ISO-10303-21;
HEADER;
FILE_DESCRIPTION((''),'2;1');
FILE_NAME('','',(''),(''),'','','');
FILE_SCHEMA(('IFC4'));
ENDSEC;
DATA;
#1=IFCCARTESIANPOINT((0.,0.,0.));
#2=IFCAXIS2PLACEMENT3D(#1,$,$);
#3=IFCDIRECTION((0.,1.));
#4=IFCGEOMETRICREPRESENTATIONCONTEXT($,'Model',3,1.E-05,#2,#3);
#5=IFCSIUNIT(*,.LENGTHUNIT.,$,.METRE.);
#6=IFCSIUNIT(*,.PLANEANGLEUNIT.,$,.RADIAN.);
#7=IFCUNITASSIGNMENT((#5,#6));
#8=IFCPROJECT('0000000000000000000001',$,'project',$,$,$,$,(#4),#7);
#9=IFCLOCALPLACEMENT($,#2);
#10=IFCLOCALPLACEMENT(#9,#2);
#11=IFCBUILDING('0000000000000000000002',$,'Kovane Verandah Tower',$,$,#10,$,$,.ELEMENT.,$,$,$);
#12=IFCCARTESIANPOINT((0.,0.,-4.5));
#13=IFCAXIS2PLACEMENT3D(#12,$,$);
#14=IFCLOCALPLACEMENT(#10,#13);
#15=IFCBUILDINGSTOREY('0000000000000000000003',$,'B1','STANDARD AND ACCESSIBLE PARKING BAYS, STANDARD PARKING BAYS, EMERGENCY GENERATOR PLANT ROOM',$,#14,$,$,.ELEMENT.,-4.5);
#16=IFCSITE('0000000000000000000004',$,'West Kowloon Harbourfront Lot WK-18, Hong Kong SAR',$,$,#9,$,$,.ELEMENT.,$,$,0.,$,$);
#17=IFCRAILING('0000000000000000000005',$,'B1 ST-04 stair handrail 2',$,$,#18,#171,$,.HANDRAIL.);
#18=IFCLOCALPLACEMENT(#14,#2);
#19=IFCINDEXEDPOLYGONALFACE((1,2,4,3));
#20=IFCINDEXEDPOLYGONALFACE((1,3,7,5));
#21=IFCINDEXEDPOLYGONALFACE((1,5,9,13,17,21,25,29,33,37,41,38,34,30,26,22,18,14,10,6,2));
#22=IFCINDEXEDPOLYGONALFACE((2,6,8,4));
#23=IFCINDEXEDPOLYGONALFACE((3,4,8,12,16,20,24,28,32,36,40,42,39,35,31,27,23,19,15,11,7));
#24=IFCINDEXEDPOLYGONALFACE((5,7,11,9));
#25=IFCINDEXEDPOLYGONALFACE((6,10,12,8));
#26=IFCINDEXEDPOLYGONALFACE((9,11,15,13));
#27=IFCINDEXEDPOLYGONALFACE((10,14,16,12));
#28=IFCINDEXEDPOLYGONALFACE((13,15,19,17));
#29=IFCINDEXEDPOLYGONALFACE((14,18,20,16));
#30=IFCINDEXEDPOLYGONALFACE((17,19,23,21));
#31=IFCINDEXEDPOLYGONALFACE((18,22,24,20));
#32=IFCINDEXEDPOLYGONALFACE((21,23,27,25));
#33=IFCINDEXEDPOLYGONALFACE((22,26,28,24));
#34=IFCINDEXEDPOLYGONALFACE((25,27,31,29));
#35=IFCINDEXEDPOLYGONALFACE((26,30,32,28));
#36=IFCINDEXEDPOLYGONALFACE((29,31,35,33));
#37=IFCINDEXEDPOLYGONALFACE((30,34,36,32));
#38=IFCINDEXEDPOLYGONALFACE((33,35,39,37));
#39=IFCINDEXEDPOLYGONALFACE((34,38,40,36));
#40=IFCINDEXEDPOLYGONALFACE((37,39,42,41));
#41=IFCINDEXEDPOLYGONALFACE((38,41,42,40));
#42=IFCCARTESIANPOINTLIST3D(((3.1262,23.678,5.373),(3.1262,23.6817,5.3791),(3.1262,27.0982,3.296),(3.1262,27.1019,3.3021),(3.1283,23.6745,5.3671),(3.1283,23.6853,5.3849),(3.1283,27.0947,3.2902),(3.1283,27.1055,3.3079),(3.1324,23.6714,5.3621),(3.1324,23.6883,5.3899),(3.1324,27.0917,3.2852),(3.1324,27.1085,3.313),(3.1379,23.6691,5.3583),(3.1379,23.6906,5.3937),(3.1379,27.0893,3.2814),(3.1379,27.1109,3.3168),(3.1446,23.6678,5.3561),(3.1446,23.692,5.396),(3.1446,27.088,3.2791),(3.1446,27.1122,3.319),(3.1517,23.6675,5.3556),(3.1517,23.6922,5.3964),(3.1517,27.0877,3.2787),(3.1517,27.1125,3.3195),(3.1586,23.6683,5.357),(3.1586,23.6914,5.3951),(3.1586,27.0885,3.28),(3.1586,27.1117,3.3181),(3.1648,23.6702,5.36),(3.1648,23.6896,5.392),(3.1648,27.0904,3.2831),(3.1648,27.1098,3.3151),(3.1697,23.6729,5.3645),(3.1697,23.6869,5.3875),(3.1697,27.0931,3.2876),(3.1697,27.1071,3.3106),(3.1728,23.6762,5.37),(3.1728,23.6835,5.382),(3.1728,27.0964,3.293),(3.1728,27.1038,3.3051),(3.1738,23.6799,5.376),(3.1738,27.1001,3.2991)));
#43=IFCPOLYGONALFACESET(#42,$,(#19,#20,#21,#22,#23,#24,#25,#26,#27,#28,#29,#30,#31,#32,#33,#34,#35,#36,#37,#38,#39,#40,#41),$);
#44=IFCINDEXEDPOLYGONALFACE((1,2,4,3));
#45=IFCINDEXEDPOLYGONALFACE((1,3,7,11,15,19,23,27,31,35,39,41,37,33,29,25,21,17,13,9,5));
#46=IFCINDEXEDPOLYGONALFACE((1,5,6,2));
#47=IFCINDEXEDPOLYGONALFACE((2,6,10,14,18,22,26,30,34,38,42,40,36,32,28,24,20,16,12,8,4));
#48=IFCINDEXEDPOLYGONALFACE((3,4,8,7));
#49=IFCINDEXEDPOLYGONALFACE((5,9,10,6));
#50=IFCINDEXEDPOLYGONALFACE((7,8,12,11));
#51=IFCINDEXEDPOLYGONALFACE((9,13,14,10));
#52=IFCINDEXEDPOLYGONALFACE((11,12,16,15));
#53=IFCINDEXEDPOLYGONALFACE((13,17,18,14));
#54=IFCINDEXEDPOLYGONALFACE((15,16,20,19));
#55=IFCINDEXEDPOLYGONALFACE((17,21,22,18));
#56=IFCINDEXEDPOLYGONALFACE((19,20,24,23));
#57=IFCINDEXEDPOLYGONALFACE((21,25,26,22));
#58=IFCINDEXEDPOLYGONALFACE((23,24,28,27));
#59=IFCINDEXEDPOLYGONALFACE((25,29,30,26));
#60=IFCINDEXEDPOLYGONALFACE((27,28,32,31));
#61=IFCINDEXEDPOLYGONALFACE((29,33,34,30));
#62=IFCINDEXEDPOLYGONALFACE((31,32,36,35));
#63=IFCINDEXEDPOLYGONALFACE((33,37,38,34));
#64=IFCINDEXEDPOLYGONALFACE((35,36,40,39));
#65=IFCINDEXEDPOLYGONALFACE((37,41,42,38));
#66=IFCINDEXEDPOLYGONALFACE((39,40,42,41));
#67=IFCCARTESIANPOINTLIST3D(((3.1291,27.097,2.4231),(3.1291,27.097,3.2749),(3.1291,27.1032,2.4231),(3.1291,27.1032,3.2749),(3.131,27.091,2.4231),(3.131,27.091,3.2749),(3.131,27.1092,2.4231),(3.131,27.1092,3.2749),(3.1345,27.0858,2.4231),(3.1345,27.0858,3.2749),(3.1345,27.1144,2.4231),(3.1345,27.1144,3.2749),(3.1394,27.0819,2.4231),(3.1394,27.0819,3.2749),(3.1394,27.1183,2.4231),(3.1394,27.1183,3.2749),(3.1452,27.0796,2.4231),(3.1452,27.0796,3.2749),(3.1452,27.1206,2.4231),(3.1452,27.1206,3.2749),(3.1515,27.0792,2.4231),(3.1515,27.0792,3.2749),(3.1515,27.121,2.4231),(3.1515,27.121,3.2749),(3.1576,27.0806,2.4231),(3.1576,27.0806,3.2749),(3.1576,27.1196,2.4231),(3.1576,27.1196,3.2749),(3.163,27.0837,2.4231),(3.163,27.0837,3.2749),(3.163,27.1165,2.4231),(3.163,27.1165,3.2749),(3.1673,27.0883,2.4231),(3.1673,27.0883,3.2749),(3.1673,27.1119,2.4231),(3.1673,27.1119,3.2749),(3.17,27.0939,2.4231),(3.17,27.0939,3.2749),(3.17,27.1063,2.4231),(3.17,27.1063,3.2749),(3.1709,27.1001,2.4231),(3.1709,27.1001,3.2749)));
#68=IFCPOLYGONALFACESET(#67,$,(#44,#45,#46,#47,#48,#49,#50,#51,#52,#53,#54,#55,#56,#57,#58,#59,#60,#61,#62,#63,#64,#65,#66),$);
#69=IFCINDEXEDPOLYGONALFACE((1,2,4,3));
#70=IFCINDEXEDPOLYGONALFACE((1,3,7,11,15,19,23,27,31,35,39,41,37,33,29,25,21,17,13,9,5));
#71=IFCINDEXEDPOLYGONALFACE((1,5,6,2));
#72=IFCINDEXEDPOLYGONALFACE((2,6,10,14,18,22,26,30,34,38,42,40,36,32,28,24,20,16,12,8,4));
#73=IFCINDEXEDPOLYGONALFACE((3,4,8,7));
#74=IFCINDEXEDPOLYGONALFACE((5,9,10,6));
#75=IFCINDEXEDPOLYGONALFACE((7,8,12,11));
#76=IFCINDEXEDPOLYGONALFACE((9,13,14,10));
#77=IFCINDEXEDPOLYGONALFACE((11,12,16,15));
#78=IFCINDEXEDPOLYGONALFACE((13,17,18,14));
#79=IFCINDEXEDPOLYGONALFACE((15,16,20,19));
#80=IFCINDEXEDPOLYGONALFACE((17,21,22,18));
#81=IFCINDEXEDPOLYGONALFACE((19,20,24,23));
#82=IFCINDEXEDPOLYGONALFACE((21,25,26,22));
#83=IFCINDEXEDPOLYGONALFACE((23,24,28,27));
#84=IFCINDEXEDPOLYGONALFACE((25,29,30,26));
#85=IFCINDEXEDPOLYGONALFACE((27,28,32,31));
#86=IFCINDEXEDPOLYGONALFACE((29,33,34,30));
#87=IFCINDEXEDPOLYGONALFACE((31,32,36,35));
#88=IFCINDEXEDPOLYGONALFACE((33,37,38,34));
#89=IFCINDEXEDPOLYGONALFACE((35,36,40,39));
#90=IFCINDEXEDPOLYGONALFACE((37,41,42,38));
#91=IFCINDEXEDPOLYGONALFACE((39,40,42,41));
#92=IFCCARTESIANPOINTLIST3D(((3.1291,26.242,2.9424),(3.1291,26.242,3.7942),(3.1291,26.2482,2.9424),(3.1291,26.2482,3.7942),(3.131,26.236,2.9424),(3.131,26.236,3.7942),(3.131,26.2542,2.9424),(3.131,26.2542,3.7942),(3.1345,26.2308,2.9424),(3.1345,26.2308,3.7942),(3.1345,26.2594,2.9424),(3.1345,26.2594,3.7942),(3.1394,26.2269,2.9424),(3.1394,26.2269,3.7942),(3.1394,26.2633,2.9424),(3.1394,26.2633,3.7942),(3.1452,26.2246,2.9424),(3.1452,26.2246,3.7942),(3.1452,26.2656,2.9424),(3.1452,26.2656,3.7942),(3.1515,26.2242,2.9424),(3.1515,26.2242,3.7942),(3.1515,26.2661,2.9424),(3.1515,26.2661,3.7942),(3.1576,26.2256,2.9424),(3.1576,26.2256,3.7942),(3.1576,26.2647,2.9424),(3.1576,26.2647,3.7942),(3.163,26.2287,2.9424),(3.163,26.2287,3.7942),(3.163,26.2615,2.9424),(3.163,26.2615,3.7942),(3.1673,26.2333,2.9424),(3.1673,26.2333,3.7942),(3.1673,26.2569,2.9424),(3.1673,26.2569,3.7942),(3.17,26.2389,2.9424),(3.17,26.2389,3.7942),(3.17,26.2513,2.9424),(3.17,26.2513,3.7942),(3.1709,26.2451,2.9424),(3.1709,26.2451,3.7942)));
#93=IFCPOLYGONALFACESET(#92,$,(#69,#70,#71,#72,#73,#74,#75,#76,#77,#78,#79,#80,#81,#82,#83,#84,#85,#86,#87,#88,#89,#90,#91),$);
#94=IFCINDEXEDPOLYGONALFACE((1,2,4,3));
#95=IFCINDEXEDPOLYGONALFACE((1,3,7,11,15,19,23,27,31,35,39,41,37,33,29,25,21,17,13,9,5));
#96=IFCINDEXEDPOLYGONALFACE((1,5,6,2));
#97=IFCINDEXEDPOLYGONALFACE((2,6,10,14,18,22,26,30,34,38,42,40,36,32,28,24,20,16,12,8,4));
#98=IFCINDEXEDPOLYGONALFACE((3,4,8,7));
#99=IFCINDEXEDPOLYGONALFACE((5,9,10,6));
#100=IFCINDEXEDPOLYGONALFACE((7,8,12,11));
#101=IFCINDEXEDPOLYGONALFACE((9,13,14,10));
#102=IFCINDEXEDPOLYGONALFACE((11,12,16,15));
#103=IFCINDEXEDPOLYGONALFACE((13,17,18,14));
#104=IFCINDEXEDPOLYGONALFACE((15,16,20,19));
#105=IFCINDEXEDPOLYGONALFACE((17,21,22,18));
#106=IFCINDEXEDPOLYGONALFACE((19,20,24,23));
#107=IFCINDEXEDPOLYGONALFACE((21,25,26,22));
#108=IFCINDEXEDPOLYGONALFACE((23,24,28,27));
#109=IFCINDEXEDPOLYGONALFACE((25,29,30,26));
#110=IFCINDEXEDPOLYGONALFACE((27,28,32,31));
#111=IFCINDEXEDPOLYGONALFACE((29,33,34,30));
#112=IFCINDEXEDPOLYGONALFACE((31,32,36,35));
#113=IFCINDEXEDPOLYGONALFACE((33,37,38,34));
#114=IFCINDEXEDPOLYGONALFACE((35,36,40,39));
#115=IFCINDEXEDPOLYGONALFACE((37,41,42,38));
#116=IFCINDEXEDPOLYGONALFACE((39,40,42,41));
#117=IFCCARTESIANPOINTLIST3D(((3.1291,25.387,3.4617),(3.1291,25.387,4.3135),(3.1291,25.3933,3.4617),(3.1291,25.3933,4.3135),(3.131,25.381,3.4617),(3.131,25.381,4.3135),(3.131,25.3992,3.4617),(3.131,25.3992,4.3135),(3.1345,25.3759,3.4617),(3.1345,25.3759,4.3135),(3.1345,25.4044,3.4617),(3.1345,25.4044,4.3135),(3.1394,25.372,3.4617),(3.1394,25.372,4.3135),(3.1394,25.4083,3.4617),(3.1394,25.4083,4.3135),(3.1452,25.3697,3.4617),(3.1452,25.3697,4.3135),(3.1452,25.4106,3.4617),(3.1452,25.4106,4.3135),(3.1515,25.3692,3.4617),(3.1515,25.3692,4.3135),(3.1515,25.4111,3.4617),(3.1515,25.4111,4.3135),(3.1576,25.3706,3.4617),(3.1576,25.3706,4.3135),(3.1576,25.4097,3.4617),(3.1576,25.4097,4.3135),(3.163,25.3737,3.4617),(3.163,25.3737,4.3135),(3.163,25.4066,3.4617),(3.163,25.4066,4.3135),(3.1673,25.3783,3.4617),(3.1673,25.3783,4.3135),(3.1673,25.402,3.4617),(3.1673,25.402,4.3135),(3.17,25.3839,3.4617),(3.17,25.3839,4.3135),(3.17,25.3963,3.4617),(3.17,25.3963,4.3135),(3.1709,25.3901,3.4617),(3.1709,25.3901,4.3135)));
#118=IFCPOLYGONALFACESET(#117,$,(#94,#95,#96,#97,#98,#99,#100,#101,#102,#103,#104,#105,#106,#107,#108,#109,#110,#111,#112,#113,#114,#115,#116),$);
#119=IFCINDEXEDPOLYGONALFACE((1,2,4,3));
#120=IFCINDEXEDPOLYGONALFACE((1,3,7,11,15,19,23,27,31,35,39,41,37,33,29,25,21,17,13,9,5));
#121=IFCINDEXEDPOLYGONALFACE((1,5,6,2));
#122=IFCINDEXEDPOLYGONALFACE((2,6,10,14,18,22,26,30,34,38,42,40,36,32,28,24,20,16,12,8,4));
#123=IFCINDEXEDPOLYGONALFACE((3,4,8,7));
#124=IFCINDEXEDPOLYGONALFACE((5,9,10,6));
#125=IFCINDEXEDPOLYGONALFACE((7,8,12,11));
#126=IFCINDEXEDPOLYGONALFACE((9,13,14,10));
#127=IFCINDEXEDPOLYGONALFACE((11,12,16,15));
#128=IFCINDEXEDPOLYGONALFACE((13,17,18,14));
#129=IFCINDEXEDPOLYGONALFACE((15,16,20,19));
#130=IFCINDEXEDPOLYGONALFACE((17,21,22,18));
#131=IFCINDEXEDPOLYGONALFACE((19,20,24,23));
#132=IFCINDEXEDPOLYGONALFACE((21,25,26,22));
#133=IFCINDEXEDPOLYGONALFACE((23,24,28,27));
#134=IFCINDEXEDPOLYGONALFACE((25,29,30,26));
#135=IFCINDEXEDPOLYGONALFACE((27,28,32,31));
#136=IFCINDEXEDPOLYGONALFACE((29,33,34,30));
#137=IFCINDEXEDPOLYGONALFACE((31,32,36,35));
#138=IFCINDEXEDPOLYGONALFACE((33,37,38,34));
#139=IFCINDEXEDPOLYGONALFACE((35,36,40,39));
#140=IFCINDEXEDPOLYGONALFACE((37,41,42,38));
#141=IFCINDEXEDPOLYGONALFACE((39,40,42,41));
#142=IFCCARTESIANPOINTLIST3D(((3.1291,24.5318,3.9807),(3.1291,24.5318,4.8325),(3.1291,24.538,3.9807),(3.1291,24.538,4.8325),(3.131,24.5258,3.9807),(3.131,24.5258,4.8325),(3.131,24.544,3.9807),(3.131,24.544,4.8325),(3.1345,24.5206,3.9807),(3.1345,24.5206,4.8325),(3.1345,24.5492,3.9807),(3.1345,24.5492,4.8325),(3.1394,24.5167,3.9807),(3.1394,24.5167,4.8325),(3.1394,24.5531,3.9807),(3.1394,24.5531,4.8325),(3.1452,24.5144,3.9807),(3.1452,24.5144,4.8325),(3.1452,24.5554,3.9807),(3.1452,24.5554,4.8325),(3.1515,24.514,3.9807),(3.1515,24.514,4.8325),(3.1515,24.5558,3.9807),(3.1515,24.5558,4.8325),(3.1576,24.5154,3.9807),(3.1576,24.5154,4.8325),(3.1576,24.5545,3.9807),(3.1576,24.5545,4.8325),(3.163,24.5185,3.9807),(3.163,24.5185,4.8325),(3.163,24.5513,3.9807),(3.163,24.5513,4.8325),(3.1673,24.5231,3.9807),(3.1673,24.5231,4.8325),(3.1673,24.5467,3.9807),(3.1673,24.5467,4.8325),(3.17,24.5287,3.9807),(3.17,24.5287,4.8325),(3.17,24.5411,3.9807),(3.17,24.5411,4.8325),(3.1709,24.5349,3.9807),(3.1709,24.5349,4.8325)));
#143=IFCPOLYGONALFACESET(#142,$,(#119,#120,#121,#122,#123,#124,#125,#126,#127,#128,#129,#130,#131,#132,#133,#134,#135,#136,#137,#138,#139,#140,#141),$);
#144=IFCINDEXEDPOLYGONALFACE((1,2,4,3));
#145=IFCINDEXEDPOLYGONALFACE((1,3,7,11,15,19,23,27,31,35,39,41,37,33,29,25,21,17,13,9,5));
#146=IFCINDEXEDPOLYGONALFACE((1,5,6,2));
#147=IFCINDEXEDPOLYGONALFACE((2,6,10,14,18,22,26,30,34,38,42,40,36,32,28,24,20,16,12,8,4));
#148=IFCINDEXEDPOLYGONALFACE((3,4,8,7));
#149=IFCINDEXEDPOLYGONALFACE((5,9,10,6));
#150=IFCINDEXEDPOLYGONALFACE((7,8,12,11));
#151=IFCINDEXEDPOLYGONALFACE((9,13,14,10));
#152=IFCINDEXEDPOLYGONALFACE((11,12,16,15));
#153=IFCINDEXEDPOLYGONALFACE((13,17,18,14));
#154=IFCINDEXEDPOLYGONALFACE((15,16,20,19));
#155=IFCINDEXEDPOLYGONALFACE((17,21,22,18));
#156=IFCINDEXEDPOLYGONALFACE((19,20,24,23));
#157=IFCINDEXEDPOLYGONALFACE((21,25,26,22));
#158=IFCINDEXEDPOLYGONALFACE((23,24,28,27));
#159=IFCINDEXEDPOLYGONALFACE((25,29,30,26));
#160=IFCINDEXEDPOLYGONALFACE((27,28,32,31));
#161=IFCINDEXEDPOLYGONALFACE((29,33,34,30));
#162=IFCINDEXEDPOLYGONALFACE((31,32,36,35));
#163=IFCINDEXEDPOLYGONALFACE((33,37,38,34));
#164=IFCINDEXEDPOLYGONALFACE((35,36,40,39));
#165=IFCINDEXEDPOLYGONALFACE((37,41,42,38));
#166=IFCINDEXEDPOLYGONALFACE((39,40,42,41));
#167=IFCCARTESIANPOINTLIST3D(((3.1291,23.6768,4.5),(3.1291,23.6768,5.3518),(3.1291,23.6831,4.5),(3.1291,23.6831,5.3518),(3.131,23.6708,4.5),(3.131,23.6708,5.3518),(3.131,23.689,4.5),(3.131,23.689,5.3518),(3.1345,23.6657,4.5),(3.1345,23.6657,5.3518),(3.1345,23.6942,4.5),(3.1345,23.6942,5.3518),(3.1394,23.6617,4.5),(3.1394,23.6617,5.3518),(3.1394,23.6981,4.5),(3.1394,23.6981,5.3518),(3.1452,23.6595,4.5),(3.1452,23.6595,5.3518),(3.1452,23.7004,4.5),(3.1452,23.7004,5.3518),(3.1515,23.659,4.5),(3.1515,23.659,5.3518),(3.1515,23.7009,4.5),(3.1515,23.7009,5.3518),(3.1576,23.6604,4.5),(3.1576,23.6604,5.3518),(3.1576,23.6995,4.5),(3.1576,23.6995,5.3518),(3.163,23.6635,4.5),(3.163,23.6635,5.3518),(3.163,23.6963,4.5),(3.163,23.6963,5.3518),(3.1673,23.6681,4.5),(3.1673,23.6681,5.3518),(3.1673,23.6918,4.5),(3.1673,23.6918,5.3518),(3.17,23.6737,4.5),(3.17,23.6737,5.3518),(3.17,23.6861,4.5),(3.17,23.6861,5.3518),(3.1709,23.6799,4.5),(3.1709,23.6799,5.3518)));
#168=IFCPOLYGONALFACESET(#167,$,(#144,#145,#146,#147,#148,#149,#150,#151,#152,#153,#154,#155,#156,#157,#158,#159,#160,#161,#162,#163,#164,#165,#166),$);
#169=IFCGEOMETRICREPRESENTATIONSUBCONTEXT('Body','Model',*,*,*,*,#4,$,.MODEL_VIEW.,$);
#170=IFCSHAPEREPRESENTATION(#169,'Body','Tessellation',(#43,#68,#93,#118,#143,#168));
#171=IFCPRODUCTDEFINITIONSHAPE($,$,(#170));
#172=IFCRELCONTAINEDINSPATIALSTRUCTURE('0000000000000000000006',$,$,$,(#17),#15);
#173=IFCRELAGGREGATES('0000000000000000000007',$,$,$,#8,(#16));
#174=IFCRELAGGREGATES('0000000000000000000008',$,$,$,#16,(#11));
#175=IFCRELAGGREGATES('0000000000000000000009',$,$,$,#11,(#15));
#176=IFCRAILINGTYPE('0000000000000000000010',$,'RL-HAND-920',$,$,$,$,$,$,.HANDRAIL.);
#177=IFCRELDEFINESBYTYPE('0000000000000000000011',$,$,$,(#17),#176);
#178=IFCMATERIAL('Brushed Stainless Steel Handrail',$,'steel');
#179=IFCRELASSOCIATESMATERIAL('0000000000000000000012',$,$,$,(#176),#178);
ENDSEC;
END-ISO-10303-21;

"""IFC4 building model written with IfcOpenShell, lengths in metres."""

from ifc_helpers import new_model, si_unit, direction, frame, origin, origin_2d, place, context, subcontext, project, spatial, circle, extrude, material, type_object, element, save


model = new_model("IFC4")

# Units and contexts
model_context = context("Model", 3, precision=1e-05, world=origin(), true_north=direction((0.0, 1.0)))
body_context = subcontext(model_context, "Body", "Model", "MODEL_VIEW")
ifc_project = project(units=[si_unit("LENGTHUNIT", "METRE"), si_unit("PLANEANGLEUNIT", "RADIAN")], contexts=[model_context])

# Site, building, storey
site_placement = place(None, origin())
site = spatial("IfcSite", under=ifc_project, at=site_placement, Name="West Kowloon Harbourfront Lot WK-18, Hong Kong SAR", CompositionType="ELEMENT", RefElevation=0.0)
building_placement = place(site_placement, origin())
building = spatial("IfcBuilding", under=site, at=building_placement, Name="Kovane Verandah Tower", CompositionType="ELEMENT")
storey_placement = place(building_placement, frame((0.0, 0.0, -4.5)))
storey = spatial("IfcBuildingStorey", under=building, at=storey_placement, Name="B1", Description="STANDARD AND ACCESSIBLE PARKING BAYS, STANDARD PARKING BAYS, EMERGENCY GENERATOR PLANT ROOM", CompositionType="ELEMENT", Elevation=-4.5)

# Railing
ifc_material_1 = material(Name="Brushed Stainless Steel Handrail", Category="steel")
railing_type_1 = type_object("IfcRailingType", Name="RL-HAND-920", PredefinedType="HANDRAIL", material=ifc_material_1)
railing_1_placement = place(storey_placement, frame((3.1499, 27.1001, 2.4231)))
element("IfcRailing", 1, at=railing_1_placement, inside=storey, type_object=railing_type_1, Name="B1 ST-04 stair handrail 2", PredefinedType="HANDRAIL", context=body_context, shape_type="SweptSolid", body=[
    extrude(circle(Radius=0.0239, at=origin_2d()), frame((0.0, 0.0, 0.876), z_axis=(0.0, -0.854746, 0.519047), x_axis=(1.0, 0.0, 0.0)), (0.0, 0.0, 1.0), 4.0015),
    extrude(circle(Radius=0.021, at=origin_2d()), origin(), (0.0, 0.0, 1.0), 0.8518),
    extrude(circle(Radius=0.021, at=origin_2d()), frame((0.0, -0.855, 0.5193)), (0.0, 0.0, 1.0), 0.8518),
    extrude(circle(Radius=0.021, at=origin_2d()), frame((0.0, -1.71, 1.0386)), (0.0, 0.0, 1.0), 0.8518),
    extrude(circle(Radius=0.021, at=origin_2d()), frame((0.0, -2.5652, 1.5576)), (0.0, 0.0, 1.0), 0.8518),
    extrude(circle(Radius=0.021, at=origin_2d()), frame((0.0, -3.4202, 2.0769)), (0.0, 0.0, 1.0), 0.8518),
])

save(model, "model.ifc")
